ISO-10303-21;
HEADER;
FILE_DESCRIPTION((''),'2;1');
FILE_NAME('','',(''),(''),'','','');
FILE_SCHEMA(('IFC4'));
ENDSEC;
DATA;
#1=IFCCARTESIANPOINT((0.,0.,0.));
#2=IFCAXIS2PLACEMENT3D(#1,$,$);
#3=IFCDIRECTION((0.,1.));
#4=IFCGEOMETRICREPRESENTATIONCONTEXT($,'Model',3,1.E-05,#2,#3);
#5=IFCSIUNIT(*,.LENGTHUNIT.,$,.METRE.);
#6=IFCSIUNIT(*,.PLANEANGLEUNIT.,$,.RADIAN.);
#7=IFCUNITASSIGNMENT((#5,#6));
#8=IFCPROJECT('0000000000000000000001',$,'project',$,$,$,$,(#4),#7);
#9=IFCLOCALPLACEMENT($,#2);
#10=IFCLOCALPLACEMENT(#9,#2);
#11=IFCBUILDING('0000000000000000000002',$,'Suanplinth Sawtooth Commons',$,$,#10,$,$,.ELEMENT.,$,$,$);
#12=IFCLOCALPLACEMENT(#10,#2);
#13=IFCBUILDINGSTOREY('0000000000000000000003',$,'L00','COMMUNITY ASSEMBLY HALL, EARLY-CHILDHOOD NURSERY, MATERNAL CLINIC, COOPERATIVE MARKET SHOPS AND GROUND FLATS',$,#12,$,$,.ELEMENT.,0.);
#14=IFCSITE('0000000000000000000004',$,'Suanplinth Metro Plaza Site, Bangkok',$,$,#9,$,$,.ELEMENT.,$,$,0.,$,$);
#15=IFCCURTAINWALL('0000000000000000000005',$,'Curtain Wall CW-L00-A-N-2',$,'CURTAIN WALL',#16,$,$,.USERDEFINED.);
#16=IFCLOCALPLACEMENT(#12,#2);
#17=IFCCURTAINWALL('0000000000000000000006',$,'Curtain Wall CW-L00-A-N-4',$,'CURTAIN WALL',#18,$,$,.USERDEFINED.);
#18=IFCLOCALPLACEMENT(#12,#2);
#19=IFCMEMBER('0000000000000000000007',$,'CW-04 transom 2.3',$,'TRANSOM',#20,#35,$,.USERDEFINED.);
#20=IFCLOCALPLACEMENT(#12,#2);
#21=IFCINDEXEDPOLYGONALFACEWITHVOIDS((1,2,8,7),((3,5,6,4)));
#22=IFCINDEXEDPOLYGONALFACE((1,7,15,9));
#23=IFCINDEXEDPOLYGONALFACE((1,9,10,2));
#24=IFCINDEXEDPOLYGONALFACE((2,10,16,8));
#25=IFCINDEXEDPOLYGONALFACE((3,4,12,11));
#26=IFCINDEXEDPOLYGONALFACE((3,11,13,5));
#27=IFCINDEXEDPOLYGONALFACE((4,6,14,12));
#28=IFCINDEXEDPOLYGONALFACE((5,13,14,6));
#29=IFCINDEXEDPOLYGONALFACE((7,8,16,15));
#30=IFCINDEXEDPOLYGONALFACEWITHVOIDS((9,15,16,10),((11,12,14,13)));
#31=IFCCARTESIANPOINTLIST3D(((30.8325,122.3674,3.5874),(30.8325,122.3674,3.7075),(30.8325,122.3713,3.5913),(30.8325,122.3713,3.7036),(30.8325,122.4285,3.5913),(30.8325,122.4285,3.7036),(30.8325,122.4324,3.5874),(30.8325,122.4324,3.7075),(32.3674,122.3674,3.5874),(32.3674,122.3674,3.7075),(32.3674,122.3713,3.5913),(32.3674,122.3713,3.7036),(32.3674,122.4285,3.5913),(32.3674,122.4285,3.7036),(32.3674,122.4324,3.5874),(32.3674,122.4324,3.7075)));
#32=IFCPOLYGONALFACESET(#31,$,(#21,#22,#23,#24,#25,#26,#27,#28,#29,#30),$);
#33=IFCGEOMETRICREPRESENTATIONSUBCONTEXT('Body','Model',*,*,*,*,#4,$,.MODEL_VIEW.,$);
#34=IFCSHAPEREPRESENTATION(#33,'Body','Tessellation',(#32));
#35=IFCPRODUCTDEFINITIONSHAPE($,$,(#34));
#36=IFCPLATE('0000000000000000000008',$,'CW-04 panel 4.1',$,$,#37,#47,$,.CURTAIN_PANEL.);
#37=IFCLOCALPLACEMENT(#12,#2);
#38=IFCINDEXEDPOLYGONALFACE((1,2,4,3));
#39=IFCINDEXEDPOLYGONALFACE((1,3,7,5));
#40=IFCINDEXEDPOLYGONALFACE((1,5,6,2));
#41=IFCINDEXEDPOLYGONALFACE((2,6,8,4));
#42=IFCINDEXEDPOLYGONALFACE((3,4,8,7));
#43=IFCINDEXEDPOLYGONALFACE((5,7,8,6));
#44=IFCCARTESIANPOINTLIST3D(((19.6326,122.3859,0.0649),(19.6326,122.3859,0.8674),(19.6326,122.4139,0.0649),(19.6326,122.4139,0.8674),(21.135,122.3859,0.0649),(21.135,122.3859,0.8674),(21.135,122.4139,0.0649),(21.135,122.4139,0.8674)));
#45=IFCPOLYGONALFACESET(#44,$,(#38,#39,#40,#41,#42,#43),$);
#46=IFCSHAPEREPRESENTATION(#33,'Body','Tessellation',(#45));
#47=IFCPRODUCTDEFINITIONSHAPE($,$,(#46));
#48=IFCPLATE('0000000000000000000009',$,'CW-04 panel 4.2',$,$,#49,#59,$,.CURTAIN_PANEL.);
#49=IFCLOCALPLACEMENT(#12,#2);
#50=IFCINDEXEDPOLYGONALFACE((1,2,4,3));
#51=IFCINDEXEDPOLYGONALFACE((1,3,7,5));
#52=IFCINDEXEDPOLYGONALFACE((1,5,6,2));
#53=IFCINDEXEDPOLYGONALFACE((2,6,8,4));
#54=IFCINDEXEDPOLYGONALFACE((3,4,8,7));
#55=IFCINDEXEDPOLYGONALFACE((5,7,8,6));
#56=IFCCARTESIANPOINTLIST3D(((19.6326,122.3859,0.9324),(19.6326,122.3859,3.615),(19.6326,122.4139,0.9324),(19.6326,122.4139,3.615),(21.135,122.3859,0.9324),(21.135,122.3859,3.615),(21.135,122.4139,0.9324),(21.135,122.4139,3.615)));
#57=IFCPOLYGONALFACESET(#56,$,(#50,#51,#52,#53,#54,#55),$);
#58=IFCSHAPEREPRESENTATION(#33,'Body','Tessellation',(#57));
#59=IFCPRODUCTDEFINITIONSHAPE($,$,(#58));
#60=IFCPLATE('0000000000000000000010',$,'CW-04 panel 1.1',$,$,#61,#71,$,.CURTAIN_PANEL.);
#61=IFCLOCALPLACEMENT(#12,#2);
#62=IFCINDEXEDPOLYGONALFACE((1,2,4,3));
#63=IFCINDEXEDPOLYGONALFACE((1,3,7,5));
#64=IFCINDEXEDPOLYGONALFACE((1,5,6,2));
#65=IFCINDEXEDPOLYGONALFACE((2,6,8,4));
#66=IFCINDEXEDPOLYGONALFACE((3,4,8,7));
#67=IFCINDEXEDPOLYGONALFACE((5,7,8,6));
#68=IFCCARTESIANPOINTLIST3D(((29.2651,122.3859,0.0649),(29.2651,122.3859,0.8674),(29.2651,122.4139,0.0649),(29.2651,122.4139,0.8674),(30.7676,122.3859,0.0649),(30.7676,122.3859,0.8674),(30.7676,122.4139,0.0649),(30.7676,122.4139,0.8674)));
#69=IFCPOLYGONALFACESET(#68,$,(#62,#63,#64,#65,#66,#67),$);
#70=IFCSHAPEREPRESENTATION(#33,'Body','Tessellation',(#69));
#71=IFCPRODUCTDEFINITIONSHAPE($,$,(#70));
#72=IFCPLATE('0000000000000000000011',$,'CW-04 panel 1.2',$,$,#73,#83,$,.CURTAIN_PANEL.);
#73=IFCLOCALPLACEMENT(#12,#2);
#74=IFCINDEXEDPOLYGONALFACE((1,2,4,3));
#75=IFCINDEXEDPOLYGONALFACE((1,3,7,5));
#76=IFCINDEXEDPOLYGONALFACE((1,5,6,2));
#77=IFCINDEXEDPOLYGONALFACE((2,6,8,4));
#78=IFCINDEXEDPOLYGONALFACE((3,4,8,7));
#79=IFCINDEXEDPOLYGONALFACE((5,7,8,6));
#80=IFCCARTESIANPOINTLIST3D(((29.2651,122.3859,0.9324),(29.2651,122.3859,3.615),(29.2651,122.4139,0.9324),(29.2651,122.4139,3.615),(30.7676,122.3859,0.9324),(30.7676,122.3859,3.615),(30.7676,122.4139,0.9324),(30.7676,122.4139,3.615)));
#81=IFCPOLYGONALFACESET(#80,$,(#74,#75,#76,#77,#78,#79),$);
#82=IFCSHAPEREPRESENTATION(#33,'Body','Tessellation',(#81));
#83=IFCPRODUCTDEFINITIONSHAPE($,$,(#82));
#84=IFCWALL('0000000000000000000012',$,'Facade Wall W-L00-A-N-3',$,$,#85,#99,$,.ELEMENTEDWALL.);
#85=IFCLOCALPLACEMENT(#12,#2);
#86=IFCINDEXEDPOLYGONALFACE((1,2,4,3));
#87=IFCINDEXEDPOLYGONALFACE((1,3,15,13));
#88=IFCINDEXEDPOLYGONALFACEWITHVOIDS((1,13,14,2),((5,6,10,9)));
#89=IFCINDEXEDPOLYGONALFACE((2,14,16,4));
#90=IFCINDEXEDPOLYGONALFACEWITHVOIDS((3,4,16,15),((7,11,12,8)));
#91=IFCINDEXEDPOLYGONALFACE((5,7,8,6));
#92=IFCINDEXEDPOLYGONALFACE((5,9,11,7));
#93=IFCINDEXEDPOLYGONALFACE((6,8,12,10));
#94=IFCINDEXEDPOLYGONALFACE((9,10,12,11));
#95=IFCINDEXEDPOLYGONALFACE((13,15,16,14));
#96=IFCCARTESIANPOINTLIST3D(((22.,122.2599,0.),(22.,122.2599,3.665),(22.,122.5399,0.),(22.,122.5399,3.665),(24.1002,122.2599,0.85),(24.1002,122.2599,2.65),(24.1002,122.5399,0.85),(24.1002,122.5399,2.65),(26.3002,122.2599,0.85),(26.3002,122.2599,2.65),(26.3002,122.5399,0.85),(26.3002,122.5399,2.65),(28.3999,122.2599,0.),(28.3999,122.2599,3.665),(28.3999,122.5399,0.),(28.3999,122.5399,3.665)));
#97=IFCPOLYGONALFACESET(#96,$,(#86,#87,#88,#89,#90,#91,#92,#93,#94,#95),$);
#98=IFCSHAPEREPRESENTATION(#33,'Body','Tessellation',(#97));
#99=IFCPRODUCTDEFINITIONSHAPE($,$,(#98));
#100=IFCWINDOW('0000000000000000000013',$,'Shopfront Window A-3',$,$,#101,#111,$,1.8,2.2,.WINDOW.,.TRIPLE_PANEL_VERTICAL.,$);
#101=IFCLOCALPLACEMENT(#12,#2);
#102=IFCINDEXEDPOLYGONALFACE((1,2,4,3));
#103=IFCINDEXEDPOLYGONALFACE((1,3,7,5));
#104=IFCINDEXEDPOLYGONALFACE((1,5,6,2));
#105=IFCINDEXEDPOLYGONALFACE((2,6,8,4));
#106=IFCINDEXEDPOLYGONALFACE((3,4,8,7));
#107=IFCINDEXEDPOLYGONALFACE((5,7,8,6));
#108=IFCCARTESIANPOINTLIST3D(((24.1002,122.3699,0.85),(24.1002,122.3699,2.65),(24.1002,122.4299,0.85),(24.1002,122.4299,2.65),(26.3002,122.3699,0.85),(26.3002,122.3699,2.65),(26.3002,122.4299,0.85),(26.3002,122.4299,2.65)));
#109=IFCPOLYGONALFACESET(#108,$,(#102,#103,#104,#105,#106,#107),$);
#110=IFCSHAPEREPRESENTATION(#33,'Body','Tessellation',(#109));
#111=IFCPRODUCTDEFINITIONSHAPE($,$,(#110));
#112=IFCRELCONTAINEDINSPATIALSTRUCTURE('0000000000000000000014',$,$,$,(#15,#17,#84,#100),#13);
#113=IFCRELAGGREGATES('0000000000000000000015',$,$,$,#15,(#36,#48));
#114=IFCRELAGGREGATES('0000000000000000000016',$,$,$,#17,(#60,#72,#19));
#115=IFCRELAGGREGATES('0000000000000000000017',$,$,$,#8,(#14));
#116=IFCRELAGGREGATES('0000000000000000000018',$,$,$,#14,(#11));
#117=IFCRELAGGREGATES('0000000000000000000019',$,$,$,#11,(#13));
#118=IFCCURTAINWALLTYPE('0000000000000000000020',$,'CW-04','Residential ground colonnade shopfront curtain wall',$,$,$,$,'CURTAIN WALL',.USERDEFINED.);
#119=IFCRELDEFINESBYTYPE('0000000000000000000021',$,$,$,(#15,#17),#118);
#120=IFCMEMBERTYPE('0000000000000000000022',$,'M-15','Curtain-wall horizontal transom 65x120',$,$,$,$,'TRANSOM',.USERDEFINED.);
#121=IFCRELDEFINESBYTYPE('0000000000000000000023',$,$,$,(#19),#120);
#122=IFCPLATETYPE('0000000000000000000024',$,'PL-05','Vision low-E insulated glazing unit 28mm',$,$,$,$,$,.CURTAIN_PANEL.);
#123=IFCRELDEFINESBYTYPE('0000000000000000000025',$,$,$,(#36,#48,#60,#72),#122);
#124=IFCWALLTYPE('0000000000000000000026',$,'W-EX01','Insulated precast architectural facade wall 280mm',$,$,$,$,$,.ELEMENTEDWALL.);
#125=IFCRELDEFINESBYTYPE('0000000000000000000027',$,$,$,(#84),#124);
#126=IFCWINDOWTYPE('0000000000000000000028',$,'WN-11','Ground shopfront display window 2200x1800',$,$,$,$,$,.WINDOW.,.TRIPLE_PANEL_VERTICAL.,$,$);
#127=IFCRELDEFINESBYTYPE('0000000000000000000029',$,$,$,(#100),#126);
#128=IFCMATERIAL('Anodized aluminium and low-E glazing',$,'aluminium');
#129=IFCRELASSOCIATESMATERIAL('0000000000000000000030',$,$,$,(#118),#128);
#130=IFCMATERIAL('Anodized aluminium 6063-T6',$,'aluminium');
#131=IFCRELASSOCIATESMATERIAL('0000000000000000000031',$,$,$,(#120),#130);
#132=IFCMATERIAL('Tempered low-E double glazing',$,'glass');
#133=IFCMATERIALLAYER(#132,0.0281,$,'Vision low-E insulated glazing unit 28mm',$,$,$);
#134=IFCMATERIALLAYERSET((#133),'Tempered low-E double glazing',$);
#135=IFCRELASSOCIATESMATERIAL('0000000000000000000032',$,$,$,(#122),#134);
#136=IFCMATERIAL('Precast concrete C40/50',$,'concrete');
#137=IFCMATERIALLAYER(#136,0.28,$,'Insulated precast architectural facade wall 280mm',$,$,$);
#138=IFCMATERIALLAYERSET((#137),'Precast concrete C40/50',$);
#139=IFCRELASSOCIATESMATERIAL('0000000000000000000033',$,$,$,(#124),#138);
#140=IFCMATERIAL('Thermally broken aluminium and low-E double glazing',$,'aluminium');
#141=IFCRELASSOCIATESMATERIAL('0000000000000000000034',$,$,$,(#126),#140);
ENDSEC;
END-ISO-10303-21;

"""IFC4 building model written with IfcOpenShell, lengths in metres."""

from ifc_helpers import new_model, si_unit, direction, frame, frame_2d, origin, origin_2d, place, context, subcontext, project, spatial, rectangle, hollow_rectangle, extrude, material, layer, layer_set, material_profile, profile_set, type_object, element, fill, aggregate, save


model = new_model("IFC4")

# Units and contexts
model_context = context("Model", 3, precision=1e-05, world=origin(), true_north=direction((0.0, 1.0)))
body_context = subcontext(model_context, "Body", "Model", "MODEL_VIEW")
ifc_project = project(units=[si_unit("LENGTHUNIT", "METRE"), si_unit("PLANEANGLEUNIT", "RADIAN")], contexts=[model_context])

# Site, building, storey
site_placement = place(None, origin())
site = spatial("IfcSite", under=ifc_project, at=site_placement, Name="Suanplinth Metro Plaza Site, Bangkok", CompositionType="ELEMENT", RefElevation=0.0)
building_placement = place(site_placement, origin())
building = spatial("IfcBuilding", under=site, at=building_placement, Name="Suanplinth Sawtooth Commons", CompositionType="ELEMENT")
storey_placement = place(building_placement, origin())
storey = spatial("IfcBuildingStorey", under=building, at=storey_placement, Name="L00", Description="COMMUNITY ASSEMBLY HALL, EARLY-CHILDHOOD NURSERY, MATERNAL CLINIC, COOPERATIVE MARKET SHOPS AND GROUND FLATS", CompositionType="ELEMENT", Elevation=0.0)

# Shared definitions
ifc_material_1 = material(Name="Precast concrete C40/50", Category="concrete")

# Curtain wall
ifc_material_2 = material(Name="Anodized aluminium and low-E glazing", Category="aluminium")
curtain_wall_type = type_object("IfcCurtainWallType", Name="CW-04", Description="Residential ground colonnade shopfront curtain wall", ElementType="CURTAIN WALL", PredefinedType="USERDEFINED", material=ifc_material_2)
curtain_wall_1_placement = place(storey_placement, origin())
curtain_wall_1 = element("IfcCurtainWall", 1, at=curtain_wall_1_placement, inside=storey, type_object=curtain_wall_type, Name="Curtain Wall CW-L00-A-N-2", ObjectType="CURTAIN WALL", PredefinedType="USERDEFINED")
ifc_material_3 = material(Name="Anodized aluminium 6063-T6", Category="aluminium")

# Curtain wall, member
curtain_wall_2_placement = place(storey_placement, origin())
curtain_wall_2 = element("IfcCurtainWall", 2, at=curtain_wall_2_placement, inside=storey, type_object=curtain_wall_type, Name="Curtain Wall CW-L00-A-N-4", ObjectType="CURTAIN WALL", PredefinedType="USERDEFINED")
ifc_material_profile_1 = material_profile(ifc_material_3, hollow_rectangle(XDim=0.0649, YDim=0.1201, WallThickness=0.0039, at=origin_2d()), Name="ALU-TRN 65x120")
ifc_profile_set_1 = profile_set([ifc_material_profile_1], Name="Anodized aluminium 6063-T6")
member_type_1 = type_object("IfcMemberType", Name="M-15", Description="Curtain-wall horizontal transom 65x120", ElementType="TRANSOM", PredefinedType="USERDEFINED", material=ifc_profile_set_1)
member_1_placement = place(storey_placement, frame((30.8325, 122.3999, 3.6475), z_axis=(1.0, 0.0, 0.0), x_axis=(0.0, 1.0, 0.0)))
member_1 = element("IfcMember", 3, at=member_1_placement, type_object=member_type_1, Name="CW-04 transom 2.3", ObjectType="TRANSOM", PredefinedType="USERDEFINED", context=body_context, shape_type="SweptSolid", body=[
    extrude(hollow_rectangle(XDim=0.0649, YDim=0.1201, WallThickness=0.0039, at=origin_2d()), origin(), (0.0, 0.0, 1.0), 1.5349),
])

# Plates
ifc_material_4 = material(Name="Tempered low-E double glazing", Category="glass")
ifc_layer_1 = layer(ifc_material_4, 0.0281, Name="Vision low-E insulated glazing unit 28mm")
ifc_layer_set_1 = layer_set([ifc_layer_1], Name="Tempered low-E double glazing")
plate_type = type_object("IfcPlateType", Name="PL-05", Description="Vision low-E insulated glazing unit 28mm", PredefinedType="CURTAIN_PANEL", material=ifc_layer_set_1)
plate_1_placement = place(storey_placement, frame((20.3838, 122.3999, 0.0649), z_axis=(0.0, 0.0, 1.0), x_axis=(1.0, 0.0, 0.0)))
plate_1 = element("IfcPlate", 4, at=plate_1_placement, type_object=plate_type, Name="CW-04 panel 4.1", PredefinedType="CURTAIN_PANEL", context=body_context, shape_type="SweptSolid", body=[
    extrude(rectangle(XDim=1.5024, YDim=0.0281, at=origin_2d()), origin(), (0.0, 0.0, 1.0), 0.8025),
])
plate_2_placement = place(storey_placement, frame((20.3838, 122.3999, 0.9324), z_axis=(0.0, 0.0, 1.0), x_axis=(1.0, 0.0, 0.0)))
plate_2 = element("IfcPlate", 5, at=plate_2_placement, type_object=plate_type, Name="CW-04 panel 4.2", PredefinedType="CURTAIN_PANEL", context=body_context, shape_type="SweptSolid", body=[
    extrude(rectangle(XDim=1.5024, YDim=0.0281, at=origin_2d()), origin(), (0.0, 0.0, 1.0), 2.6826),
])
aggregate(curtain_wall_1, [plate_1, plate_2])
plate_3_placement = place(storey_placement, frame((30.0164, 122.3999, 0.0649), z_axis=(0.0, 0.0, 1.0), x_axis=(1.0, 0.0, 0.0)))
plate_3 = element("IfcPlate", 6, at=plate_3_placement, type_object=plate_type, Name="CW-04 panel 1.1", PredefinedType="CURTAIN_PANEL", context=body_context, shape_type="SweptSolid", body=[
    extrude(rectangle(XDim=1.5024, YDim=0.0281, at=origin_2d()), origin(), (0.0, 0.0, 1.0), 0.8025),
])
plate_4_placement = place(storey_placement, frame((30.0164, 122.3999, 0.9324), z_axis=(0.0, 0.0, 1.0), x_axis=(1.0, 0.0, 0.0)))
plate_4 = element("IfcPlate", 7, at=plate_4_placement, type_object=plate_type, Name="CW-04 panel 1.2", PredefinedType="CURTAIN_PANEL", context=body_context, shape_type="SweptSolid", body=[
    extrude(rectangle(XDim=1.5024, YDim=0.0281, at=origin_2d()), origin(), (0.0, 0.0, 1.0), 2.6826),
])
aggregate(curtain_wall_2, [plate_3, plate_4, member_1])

# Wall, opening, window
ifc_layer_2 = layer(ifc_material_1, 0.28, Name="Insulated precast architectural facade wall 280mm")
ifc_layer_set_2 = layer_set([ifc_layer_2], Name="Precast concrete C40/50")
wall_type = type_object("IfcWallType", Name="W-EX01", Description="Insulated precast architectural facade wall 280mm", PredefinedType="ELEMENTEDWALL", material=ifc_layer_set_2)
wall_placement = place(storey_placement, frame((22.0, 122.3999, 0.0), z_axis=(0.0, 0.0, 1.0), x_axis=(1.0, 0.0, 0.0)))
wall = element("IfcWall", 8, at=wall_placement, inside=storey, type_object=wall_type, Name="Facade Wall W-L00-A-N-3", PredefinedType="ELEMENTEDWALL", context=body_context, shape_type="SweptSolid", body=[
    extrude(rectangle(XDim=6.3999, YDim=0.28, at=frame_2d((3.2, 0.0))), origin(), (0.0, 0.0, 1.0), 3.665),
])
opening_placement = place(wall_placement, frame((2.1001, 0.0, 0.8501)))
opening = element("IfcOpeningElement", 9, at=opening_placement, cuts=wall, PredefinedType="OPENING", context=body_context, shape_type="SweptSolid", body=[
    extrude(rectangle(XDim=2.2, YDim=1.8, at=frame_2d((1.1001, 0.8999))), frame((0.0, 0.1548, 0.0), z_axis=(0.0, -1.0, 0.0), x_axis=(1.0, 0.0, 0.0)), (0.0, 0.0, 1.0), 0.3098),
])
ifc_material_5 = material(Name="Thermally broken aluminium and low-E double glazing", Category="aluminium")
window_type = type_object("IfcWindowType", Name="WN-11", Description="Ground shopfront display window 2200x1800", PartitioningType="TRIPLE_PANEL_VERTICAL", PredefinedType="WINDOW", material=ifc_material_5)
window_placement = place(opening_placement, origin())
window = element("IfcWindow", 10, at=window_placement, inside=storey, type_object=window_type, Name="Shopfront Window A-3", OverallHeight=1.8, OverallWidth=2.2, PartitioningType="TRIPLE_PANEL_VERTICAL", PredefinedType="WINDOW", context=body_context, shape_type="SweptSolid", body=[
    extrude(rectangle(XDim=2.2, YDim=1.8, at=frame_2d((1.1001, 0.8999))), frame((0.0, 0.03, 0.0), z_axis=(0.0, -1.0, 0.0), x_axis=(1.0, 0.0, 0.0)), (0.0, 0.0, 1.0), 0.0601),
])
fill(opening, window)

save(model, "model.ifc")
